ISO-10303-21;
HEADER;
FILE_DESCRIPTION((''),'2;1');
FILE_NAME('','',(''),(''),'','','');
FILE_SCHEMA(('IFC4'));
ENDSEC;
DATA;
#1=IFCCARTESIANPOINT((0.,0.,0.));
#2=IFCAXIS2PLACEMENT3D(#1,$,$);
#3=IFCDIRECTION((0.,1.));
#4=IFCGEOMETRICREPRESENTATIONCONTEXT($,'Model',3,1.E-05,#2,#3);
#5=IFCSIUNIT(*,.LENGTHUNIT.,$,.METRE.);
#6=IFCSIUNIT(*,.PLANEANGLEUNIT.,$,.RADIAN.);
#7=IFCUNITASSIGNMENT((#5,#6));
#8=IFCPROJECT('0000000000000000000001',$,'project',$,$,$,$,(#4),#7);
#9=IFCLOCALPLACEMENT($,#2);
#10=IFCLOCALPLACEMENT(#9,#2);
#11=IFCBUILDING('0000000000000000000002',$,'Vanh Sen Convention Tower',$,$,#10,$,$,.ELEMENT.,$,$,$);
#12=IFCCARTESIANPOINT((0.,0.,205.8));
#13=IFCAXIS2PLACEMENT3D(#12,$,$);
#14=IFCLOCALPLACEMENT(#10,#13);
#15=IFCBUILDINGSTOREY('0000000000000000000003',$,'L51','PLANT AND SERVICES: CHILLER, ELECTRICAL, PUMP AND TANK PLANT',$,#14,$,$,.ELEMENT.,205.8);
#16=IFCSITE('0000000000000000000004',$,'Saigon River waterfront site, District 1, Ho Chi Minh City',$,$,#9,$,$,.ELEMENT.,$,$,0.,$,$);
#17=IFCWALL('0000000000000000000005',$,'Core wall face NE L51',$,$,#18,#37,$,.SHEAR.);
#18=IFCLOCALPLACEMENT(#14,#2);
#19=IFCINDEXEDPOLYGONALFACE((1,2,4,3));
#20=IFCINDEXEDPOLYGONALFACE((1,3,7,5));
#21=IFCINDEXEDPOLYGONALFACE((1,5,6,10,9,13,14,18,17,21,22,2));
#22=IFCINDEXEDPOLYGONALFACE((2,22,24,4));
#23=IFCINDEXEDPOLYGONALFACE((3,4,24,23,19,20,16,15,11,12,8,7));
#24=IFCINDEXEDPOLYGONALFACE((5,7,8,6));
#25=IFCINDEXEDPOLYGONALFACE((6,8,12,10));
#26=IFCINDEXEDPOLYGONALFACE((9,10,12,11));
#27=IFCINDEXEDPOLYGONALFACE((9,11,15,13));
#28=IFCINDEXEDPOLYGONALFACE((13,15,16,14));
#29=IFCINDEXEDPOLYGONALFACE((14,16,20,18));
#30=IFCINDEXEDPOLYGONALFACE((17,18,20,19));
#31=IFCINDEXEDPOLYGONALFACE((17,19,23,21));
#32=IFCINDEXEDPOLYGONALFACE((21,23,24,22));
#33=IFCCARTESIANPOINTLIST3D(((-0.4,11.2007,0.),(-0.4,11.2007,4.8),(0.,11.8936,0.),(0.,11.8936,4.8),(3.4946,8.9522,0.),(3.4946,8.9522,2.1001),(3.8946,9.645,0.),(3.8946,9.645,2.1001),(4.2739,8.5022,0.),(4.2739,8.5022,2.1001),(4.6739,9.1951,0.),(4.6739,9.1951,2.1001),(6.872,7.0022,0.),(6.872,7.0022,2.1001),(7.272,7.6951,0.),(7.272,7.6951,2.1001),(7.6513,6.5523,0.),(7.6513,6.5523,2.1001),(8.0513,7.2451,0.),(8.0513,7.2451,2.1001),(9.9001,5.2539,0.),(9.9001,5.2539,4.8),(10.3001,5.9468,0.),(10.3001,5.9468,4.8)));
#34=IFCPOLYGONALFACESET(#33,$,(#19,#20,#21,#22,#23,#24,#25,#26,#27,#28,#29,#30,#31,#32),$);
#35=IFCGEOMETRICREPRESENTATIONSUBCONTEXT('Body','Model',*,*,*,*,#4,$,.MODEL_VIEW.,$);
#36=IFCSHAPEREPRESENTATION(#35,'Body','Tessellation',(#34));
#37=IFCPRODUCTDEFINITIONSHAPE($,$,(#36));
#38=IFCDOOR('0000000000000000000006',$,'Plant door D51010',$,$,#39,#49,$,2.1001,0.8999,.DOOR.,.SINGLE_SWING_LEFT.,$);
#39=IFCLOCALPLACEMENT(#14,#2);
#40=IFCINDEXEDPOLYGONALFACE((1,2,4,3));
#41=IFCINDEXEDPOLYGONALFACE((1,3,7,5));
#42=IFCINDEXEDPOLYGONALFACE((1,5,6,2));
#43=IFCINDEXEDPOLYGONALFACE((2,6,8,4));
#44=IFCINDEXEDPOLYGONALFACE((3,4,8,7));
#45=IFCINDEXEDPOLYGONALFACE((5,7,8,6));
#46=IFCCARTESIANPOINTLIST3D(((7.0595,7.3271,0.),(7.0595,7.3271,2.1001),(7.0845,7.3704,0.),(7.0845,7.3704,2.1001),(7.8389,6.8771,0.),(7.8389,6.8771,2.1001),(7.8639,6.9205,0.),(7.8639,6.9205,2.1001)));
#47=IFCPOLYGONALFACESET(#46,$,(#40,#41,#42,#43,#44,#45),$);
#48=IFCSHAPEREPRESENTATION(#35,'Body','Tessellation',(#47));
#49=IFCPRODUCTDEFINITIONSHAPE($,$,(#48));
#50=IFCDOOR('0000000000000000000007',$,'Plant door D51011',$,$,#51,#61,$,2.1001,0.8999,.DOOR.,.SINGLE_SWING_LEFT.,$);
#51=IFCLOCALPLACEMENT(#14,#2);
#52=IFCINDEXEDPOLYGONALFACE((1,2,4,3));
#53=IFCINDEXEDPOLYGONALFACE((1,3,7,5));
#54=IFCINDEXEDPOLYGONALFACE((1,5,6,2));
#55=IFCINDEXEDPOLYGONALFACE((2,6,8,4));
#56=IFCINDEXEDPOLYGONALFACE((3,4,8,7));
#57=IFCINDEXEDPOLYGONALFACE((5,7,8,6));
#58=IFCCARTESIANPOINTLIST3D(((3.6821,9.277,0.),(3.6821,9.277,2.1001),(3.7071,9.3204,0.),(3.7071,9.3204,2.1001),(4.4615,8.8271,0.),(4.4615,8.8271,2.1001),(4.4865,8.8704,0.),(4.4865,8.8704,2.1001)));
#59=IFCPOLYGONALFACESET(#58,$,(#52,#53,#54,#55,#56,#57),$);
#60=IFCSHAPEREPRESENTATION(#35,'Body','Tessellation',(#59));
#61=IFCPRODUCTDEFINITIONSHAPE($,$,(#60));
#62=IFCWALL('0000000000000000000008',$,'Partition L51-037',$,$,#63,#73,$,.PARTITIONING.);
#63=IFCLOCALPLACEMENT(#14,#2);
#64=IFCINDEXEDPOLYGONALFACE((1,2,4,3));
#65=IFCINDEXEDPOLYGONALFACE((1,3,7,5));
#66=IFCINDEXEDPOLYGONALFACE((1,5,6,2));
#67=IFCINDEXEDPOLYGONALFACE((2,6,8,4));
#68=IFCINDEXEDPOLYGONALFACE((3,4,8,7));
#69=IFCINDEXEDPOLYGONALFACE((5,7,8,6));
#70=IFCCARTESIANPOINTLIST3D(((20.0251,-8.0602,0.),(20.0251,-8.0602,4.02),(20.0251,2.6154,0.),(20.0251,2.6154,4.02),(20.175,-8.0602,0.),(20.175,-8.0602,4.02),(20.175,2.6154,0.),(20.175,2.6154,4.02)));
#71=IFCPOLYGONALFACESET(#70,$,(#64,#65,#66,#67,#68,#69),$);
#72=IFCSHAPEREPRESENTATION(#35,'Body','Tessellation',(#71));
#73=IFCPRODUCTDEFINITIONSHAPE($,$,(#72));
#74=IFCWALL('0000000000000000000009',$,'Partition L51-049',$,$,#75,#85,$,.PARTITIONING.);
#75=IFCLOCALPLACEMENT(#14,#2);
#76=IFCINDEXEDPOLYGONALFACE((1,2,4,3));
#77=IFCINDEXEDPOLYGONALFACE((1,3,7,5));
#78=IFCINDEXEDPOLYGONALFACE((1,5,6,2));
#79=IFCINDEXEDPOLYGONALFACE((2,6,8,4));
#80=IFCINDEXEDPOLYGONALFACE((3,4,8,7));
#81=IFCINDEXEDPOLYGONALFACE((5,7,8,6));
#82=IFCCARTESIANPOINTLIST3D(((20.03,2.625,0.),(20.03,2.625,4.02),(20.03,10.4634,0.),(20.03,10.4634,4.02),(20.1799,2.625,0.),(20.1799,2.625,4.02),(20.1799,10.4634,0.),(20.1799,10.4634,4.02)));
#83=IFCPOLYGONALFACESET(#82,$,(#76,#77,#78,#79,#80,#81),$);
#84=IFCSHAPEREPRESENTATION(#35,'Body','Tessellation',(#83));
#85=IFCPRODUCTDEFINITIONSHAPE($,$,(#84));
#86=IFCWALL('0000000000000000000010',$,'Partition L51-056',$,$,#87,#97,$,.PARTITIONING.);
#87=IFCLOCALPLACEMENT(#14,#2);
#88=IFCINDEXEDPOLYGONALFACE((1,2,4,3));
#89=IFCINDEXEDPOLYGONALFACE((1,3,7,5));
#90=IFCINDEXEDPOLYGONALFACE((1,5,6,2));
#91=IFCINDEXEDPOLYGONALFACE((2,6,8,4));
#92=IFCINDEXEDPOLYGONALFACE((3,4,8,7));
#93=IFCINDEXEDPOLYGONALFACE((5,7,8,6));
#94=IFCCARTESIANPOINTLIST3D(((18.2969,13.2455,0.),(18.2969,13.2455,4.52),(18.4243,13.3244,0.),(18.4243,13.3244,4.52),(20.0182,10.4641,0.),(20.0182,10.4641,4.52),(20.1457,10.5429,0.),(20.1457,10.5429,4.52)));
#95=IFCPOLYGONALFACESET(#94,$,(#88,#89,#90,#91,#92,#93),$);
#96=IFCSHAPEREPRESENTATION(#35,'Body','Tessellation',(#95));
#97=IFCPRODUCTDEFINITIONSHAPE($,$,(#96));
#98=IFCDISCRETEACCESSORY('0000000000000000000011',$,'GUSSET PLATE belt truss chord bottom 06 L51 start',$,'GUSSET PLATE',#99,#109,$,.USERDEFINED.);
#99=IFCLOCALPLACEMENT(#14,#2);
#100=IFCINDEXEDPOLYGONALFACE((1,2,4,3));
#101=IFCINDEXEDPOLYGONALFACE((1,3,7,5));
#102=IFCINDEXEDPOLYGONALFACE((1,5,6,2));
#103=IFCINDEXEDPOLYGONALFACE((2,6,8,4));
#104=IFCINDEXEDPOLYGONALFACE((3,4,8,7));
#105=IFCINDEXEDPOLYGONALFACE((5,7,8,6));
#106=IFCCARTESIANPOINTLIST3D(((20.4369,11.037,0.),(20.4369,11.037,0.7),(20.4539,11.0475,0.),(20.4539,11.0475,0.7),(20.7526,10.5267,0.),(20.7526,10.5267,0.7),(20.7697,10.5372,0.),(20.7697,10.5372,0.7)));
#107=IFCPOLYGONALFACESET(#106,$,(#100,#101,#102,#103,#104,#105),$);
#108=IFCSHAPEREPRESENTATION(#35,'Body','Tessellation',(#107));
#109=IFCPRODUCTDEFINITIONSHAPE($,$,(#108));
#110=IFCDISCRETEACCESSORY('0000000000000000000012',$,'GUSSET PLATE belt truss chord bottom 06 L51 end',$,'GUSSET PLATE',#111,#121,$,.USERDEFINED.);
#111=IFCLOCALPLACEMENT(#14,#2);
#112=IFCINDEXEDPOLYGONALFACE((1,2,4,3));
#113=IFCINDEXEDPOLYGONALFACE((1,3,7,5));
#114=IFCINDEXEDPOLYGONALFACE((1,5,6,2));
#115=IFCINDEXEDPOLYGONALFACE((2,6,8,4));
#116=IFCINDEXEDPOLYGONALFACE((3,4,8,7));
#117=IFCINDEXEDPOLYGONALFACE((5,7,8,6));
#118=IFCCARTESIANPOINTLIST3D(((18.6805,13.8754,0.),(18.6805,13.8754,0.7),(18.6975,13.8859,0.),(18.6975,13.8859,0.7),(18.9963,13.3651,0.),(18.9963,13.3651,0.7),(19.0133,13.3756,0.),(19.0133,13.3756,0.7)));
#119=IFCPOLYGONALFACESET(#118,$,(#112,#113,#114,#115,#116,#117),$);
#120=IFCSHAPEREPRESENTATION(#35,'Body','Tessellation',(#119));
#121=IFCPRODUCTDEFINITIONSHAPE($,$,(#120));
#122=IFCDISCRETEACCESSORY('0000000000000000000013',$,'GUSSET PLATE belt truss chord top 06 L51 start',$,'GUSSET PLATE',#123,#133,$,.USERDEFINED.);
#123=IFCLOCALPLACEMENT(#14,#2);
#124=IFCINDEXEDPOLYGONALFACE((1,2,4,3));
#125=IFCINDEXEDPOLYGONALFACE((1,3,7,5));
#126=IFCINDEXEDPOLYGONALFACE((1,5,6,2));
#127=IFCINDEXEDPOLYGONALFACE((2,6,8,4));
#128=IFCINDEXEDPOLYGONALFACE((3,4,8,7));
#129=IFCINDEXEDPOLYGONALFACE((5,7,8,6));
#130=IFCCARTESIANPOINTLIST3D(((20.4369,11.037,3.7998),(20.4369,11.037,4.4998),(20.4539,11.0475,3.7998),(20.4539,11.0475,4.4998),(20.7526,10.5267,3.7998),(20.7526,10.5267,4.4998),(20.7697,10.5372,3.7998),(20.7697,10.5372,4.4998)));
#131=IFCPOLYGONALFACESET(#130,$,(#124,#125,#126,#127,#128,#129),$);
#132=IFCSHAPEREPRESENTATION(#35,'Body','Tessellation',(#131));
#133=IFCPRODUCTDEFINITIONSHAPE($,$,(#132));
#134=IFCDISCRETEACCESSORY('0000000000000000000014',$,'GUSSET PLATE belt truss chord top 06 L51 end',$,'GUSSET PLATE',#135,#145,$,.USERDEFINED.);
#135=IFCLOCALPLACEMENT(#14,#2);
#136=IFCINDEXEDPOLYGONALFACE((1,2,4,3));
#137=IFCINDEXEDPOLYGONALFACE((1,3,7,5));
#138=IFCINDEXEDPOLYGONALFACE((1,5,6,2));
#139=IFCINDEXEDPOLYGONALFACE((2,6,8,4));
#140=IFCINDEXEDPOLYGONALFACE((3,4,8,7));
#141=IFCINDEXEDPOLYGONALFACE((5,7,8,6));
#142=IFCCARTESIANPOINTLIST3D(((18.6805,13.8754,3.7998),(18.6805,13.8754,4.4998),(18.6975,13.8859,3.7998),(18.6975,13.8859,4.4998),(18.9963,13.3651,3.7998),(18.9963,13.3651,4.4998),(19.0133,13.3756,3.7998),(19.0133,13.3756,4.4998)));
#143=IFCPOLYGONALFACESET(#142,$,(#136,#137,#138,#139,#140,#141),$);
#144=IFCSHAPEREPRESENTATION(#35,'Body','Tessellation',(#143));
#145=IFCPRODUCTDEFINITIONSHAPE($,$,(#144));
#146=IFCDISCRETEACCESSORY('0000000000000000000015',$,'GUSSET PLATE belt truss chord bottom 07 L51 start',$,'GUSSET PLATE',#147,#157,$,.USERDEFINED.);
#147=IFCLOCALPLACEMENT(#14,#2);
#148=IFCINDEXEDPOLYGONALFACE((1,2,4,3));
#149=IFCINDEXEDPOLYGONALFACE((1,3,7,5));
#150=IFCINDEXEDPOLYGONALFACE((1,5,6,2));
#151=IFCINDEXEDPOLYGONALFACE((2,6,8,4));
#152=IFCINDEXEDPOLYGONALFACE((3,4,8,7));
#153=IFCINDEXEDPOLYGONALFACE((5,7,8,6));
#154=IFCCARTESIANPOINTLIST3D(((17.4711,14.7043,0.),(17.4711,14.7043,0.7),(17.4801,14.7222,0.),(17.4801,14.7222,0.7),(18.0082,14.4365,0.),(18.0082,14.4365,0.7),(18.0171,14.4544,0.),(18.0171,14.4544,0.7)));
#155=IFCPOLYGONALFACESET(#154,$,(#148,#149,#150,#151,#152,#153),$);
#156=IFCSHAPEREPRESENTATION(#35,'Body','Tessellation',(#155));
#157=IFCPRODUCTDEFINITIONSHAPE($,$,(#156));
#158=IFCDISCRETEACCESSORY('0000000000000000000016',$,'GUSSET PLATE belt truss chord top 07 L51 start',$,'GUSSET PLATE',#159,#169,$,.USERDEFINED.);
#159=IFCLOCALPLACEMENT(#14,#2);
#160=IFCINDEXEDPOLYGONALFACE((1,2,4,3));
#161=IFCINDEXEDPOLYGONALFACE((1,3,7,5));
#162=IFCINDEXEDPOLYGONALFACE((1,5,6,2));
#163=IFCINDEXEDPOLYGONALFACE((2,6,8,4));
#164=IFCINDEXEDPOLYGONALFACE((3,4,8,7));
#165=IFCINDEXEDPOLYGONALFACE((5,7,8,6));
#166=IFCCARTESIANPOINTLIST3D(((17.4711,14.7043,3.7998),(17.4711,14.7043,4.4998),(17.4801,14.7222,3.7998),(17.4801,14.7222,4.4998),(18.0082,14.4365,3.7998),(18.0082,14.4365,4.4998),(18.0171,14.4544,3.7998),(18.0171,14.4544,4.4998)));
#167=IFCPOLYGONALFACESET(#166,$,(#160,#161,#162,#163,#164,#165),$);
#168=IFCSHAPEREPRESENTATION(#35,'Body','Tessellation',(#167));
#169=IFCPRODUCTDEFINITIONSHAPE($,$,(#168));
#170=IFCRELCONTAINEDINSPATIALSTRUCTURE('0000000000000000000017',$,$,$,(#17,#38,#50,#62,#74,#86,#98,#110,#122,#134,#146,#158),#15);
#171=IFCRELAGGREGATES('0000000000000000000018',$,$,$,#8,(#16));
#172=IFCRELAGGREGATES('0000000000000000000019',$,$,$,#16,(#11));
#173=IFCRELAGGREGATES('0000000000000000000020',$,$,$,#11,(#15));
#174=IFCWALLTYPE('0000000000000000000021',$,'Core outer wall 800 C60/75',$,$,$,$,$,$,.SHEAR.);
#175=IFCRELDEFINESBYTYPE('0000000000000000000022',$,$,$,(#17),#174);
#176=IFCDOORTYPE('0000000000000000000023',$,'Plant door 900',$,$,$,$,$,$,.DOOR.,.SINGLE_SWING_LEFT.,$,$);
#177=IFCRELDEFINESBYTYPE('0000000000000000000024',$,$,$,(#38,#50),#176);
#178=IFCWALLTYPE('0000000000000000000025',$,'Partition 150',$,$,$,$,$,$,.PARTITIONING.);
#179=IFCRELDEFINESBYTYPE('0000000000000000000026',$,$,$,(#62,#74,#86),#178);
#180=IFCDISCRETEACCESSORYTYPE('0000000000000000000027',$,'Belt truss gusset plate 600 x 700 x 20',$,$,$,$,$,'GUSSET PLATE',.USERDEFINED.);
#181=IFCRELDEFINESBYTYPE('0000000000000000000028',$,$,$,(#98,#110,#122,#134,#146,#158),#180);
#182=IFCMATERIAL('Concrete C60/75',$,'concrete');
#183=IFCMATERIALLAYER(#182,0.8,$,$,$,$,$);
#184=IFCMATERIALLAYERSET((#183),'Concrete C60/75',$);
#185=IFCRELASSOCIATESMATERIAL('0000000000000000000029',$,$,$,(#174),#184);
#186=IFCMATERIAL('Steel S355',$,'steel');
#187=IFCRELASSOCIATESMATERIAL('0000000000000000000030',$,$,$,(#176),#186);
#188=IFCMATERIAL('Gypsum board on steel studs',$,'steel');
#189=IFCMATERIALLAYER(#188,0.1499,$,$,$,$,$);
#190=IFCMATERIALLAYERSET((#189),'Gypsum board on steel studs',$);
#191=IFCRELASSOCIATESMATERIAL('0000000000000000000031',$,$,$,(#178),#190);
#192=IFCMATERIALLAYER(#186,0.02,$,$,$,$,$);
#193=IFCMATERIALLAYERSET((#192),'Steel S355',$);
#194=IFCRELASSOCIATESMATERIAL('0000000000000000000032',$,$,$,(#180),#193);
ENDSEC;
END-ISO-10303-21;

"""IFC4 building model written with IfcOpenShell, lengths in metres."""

from ifc_helpers import new_model, si_unit, direction, frame, frame_2d, origin, origin_2d, place, context, subcontext, project, spatial, rectangle, extrude, material, layer, layer_set, type_object, element, fill, save


model = new_model("IFC4")

# Units and contexts
model_context = context("Model", 3, precision=1e-05, world=origin(), true_north=direction((0.0, 1.0)))
body_context = subcontext(model_context, "Body", "Model", "MODEL_VIEW")
ifc_project = project(units=[si_unit("LENGTHUNIT", "METRE"), si_unit("PLANEANGLEUNIT", "RADIAN")], contexts=[model_context])

# Site, building, storey
site_placement = place(None, origin())
site = spatial("IfcSite", under=ifc_project, at=site_placement, Name="Saigon River waterfront site, District 1, Ho Chi Minh City", CompositionType="ELEMENT", RefElevation=0.0)
building_placement = place(site_placement, origin())
building = spatial("IfcBuilding", under=site, at=building_placement, Name="Vanh Sen Convention Tower", CompositionType="ELEMENT")
storey_placement = place(building_placement, frame((0.0, 0.0, 205.8)))
storey = spatial("IfcBuildingStorey", under=building, at=storey_placement, Name="L51", Description="PLANT AND SERVICES: CHILLER, ELECTRICAL, PUMP AND TANK PLANT", CompositionType="ELEMENT", Elevation=205.8)

# Wall, openings, doors
ifc_material_1 = material(Name="Concrete C60/75", Category="concrete")
ifc_layer_1 = layer(ifc_material_1, 0.8)
ifc_layer_set_1 = layer_set([ifc_layer_1], Name="Concrete C60/75")
wall_type_1 = type_object("IfcWallType", Name="Core outer wall 800 C60/75", PredefinedType="SHEAR", material=ifc_layer_set_1)
wall_1_placement = place(storey_placement, frame((10.1001, 5.6003, 0.0), z_axis=(0.0, 0.0, 1.0), x_axis=(-0.866024, 0.500003, 0.0)))
wall_1 = element("IfcWall", 1, at=wall_1_placement, inside=storey, type_object=wall_type_1, Name="Core wall face NE L51", PredefinedType="SHEAR", context=body_context, shape_type="SweptSolid", body=[
    extrude(rectangle(XDim=11.8936, YDim=0.8, at=frame_2d((5.9468, 0.0))), origin(), (0.0, 0.0, 1.0), 4.8),
])
opening_1_placement = place(wall_1_placement, frame((2.5967, 0.0, 0.0)))
opening_1 = element("IfcOpeningElement", 2, at=opening_1_placement, cuts=wall_1, PredefinedType="OPENING", context=body_context, shape_type="SweptSolid", body=[
    extrude(rectangle(XDim=0.8999, YDim=2.1001, at=frame_2d((0.45, 1.05))), frame((0.0, 0.4099, 0.0), z_axis=(0.0, -1.0, 0.0), x_axis=(1.0, 0.0, 0.0)), (0.0, 0.0, 1.0), 0.8201),
])
opening_2_placement = place(wall_1_placement, frame((6.4966, 0.0, 0.0)))
opening_2 = element("IfcOpeningElement", 3, at=opening_2_placement, cuts=wall_1, PredefinedType="OPENING", context=body_context, shape_type="SweptSolid", body=[
    extrude(rectangle(XDim=0.8999, YDim=2.1001, at=frame_2d((0.45, 1.05))), frame((0.0, 0.4099, 0.0), z_axis=(0.0, -1.0, 0.0), x_axis=(1.0, 0.0, 0.0)), (0.0, 0.0, 1.0), 0.8201),
])
ifc_material_2 = material(Name="Steel S355", Category="steel")
door_type_1 = type_object("IfcDoorType", Name="Plant door 900", OperationType="SINGLE_SWING_LEFT", PredefinedType="DOOR", material=ifc_material_2)
door_1_placement = place(opening_1_placement, origin())
door_1 = element("IfcDoor", 4, at=door_1_placement, inside=storey, type_object=door_type_1, Name="Plant door D51010", OperationType="SINGLE_SWING_LEFT", OverallHeight=2.1001, OverallWidth=0.8999, PredefinedType="DOOR", context=body_context, shape_type="SweptSolid", body=[
    extrude(rectangle(XDim=0.8999, YDim=2.1001, at=frame_2d((0.45, 1.05))), frame((0.0, 0.0249, 0.0), z_axis=(0.0, -1.0, 0.0), x_axis=(1.0, 0.0, 0.0)), (0.0, 0.0, 1.0), 0.05),
])
fill(opening_1, door_1)
door_2_placement = place(opening_2_placement, origin())
door_2 = element("IfcDoor", 5, at=door_2_placement, inside=storey, type_object=door_type_1, Name="Plant door D51011", OperationType="SINGLE_SWING_LEFT", OverallHeight=2.1001, OverallWidth=0.8999, PredefinedType="DOOR", context=body_context, shape_type="SweptSolid", body=[
    extrude(rectangle(XDim=0.8999, YDim=2.1001, at=frame_2d((0.45, 1.05))), frame((0.0, 0.0249, 0.0), z_axis=(0.0, -1.0, 0.0), x_axis=(1.0, 0.0, 0.0)), (0.0, 0.0, 1.0), 0.05),
])
fill(opening_2, door_2)

# Walls
ifc_material_3 = material(Name="Gypsum board on steel studs", Category="steel")
ifc_layer_2 = layer(ifc_material_3, 0.1499)
ifc_layer_set_2 = layer_set([ifc_layer_2], Name="Gypsum board on steel studs")
wall_type_2 = type_object("IfcWallType", Name="Partition 150", PredefinedType="PARTITIONING", material=ifc_layer_set_2)
wall_2_placement = place(storey_placement, frame((20.1001, 2.6155, 0.0), z_axis=(0.0, 0.0, 1.0), x_axis=(0.0, -1.0, 0.0)))
element("IfcWall", 6, at=wall_2_placement, inside=storey, type_object=wall_type_2, Name="Partition L51-037", PredefinedType="PARTITIONING", context=body_context, shape_type="SweptSolid", body=[
    extrude(rectangle(XDim=10.6755, YDim=0.1499, at=frame_2d((5.3379, 0.0))), origin(), (0.0, 0.0, 1.0), 4.02),
])
wall_3_placement = place(storey_placement, frame((20.105, 10.4634, 0.0), z_axis=(0.0, 0.0, 1.0), x_axis=(0.0, -1.0, 0.0)))
element("IfcWall", 7, at=wall_3_placement, inside=storey, type_object=wall_type_2, Name="Partition L51-049", PredefinedType="PARTITIONING", context=body_context, shape_type="SweptSolid", body=[
    extrude(rectangle(XDim=7.8384, YDim=0.1499, at=frame_2d((3.9192, 0.0))), origin(), (0.0, 0.0, 1.0), 4.02),
])
wall_4_placement = place(storey_placement, frame((18.3606, 13.2849, 0.0), z_axis=(0.0, 0.0, 1.0), x_axis=(0.526257, -0.850326, 0.0)))
element("IfcWall", 8, at=wall_4_placement, inside=storey, type_object=wall_type_2, Name="Partition L51-056", PredefinedType="PARTITIONING", context=body_context, shape_type="SweptSolid", body=[
    extrude(rectangle(XDim=3.271, YDim=0.1499, at=frame_2d((1.6355, 0.0))), origin(), (0.0, 0.0, 1.0), 4.52),
])

# Discrete accessories
ifc_layer_3 = layer(ifc_material_2, 0.02)
ifc_layer_set_3 = layer_set([ifc_layer_3], Name="Steel S355")
discrete_accessory_type = type_object("IfcDiscreteAccessoryType", Name="Belt truss gusset plate 600 x 700 x 20", ElementType="GUSSET PLATE", PredefinedType="USERDEFINED", material=ifc_layer_set_3)
for number, where, z_axis, x_axis, name in (
    (9, (20.6033, 10.7871, 0.0), (0.0, 0.0, 1.0), (-0.526201, 0.85036, 0.0), "GUSSET PLATE belt truss chord bottom 06 L51 start"),
    (10, (18.8469, 13.6255, 0.0), (0.0, 0.0, 1.0), (0.526201, -0.85036, 0.0), "GUSSET PLATE belt truss chord bottom 06 L51 end"),
    (11, (20.6033, 10.7871, 3.7998), (0.0, 0.0, 1.0), (-0.526201, 0.85036, 0.0), "GUSSET PLATE belt truss chord top 06 L51 start"),
    (12, (18.8469, 13.6255, 3.7998), (0.0, 0.0, 1.0), (0.526201, -0.85036, 0.0), "GUSSET PLATE belt truss chord top 06 L51 end"),
    (13, (17.7441, 14.5793, 0.0), (0.0, 0.0, 1.0), (-0.894944, 0.446179, 0.0), "GUSSET PLATE belt truss chord bottom 07 L51 start"),
    (14, (17.7441, 14.5793, 3.7998), (0.0, 0.0, 1.0), (-0.894944, 0.446179, 0.0), "GUSSET PLATE belt truss chord top 07 L51 start"),
):
    element("IfcDiscreteAccessory", number, at=place(storey_placement, frame(where, z_axis=z_axis, x_axis=x_axis)), inside=storey, type_object=discrete_accessory_type, Name=name, ObjectType="GUSSET PLATE", PredefinedType="USERDEFINED", context=body_context, shape_type="SweptSolid", body=[
        extrude(rectangle(XDim=0.6001, YDim=0.02, at=origin_2d()), origin(), (0.0, 0.0, 1.0), 0.7),
    ])

save(model, "model.ifc")
